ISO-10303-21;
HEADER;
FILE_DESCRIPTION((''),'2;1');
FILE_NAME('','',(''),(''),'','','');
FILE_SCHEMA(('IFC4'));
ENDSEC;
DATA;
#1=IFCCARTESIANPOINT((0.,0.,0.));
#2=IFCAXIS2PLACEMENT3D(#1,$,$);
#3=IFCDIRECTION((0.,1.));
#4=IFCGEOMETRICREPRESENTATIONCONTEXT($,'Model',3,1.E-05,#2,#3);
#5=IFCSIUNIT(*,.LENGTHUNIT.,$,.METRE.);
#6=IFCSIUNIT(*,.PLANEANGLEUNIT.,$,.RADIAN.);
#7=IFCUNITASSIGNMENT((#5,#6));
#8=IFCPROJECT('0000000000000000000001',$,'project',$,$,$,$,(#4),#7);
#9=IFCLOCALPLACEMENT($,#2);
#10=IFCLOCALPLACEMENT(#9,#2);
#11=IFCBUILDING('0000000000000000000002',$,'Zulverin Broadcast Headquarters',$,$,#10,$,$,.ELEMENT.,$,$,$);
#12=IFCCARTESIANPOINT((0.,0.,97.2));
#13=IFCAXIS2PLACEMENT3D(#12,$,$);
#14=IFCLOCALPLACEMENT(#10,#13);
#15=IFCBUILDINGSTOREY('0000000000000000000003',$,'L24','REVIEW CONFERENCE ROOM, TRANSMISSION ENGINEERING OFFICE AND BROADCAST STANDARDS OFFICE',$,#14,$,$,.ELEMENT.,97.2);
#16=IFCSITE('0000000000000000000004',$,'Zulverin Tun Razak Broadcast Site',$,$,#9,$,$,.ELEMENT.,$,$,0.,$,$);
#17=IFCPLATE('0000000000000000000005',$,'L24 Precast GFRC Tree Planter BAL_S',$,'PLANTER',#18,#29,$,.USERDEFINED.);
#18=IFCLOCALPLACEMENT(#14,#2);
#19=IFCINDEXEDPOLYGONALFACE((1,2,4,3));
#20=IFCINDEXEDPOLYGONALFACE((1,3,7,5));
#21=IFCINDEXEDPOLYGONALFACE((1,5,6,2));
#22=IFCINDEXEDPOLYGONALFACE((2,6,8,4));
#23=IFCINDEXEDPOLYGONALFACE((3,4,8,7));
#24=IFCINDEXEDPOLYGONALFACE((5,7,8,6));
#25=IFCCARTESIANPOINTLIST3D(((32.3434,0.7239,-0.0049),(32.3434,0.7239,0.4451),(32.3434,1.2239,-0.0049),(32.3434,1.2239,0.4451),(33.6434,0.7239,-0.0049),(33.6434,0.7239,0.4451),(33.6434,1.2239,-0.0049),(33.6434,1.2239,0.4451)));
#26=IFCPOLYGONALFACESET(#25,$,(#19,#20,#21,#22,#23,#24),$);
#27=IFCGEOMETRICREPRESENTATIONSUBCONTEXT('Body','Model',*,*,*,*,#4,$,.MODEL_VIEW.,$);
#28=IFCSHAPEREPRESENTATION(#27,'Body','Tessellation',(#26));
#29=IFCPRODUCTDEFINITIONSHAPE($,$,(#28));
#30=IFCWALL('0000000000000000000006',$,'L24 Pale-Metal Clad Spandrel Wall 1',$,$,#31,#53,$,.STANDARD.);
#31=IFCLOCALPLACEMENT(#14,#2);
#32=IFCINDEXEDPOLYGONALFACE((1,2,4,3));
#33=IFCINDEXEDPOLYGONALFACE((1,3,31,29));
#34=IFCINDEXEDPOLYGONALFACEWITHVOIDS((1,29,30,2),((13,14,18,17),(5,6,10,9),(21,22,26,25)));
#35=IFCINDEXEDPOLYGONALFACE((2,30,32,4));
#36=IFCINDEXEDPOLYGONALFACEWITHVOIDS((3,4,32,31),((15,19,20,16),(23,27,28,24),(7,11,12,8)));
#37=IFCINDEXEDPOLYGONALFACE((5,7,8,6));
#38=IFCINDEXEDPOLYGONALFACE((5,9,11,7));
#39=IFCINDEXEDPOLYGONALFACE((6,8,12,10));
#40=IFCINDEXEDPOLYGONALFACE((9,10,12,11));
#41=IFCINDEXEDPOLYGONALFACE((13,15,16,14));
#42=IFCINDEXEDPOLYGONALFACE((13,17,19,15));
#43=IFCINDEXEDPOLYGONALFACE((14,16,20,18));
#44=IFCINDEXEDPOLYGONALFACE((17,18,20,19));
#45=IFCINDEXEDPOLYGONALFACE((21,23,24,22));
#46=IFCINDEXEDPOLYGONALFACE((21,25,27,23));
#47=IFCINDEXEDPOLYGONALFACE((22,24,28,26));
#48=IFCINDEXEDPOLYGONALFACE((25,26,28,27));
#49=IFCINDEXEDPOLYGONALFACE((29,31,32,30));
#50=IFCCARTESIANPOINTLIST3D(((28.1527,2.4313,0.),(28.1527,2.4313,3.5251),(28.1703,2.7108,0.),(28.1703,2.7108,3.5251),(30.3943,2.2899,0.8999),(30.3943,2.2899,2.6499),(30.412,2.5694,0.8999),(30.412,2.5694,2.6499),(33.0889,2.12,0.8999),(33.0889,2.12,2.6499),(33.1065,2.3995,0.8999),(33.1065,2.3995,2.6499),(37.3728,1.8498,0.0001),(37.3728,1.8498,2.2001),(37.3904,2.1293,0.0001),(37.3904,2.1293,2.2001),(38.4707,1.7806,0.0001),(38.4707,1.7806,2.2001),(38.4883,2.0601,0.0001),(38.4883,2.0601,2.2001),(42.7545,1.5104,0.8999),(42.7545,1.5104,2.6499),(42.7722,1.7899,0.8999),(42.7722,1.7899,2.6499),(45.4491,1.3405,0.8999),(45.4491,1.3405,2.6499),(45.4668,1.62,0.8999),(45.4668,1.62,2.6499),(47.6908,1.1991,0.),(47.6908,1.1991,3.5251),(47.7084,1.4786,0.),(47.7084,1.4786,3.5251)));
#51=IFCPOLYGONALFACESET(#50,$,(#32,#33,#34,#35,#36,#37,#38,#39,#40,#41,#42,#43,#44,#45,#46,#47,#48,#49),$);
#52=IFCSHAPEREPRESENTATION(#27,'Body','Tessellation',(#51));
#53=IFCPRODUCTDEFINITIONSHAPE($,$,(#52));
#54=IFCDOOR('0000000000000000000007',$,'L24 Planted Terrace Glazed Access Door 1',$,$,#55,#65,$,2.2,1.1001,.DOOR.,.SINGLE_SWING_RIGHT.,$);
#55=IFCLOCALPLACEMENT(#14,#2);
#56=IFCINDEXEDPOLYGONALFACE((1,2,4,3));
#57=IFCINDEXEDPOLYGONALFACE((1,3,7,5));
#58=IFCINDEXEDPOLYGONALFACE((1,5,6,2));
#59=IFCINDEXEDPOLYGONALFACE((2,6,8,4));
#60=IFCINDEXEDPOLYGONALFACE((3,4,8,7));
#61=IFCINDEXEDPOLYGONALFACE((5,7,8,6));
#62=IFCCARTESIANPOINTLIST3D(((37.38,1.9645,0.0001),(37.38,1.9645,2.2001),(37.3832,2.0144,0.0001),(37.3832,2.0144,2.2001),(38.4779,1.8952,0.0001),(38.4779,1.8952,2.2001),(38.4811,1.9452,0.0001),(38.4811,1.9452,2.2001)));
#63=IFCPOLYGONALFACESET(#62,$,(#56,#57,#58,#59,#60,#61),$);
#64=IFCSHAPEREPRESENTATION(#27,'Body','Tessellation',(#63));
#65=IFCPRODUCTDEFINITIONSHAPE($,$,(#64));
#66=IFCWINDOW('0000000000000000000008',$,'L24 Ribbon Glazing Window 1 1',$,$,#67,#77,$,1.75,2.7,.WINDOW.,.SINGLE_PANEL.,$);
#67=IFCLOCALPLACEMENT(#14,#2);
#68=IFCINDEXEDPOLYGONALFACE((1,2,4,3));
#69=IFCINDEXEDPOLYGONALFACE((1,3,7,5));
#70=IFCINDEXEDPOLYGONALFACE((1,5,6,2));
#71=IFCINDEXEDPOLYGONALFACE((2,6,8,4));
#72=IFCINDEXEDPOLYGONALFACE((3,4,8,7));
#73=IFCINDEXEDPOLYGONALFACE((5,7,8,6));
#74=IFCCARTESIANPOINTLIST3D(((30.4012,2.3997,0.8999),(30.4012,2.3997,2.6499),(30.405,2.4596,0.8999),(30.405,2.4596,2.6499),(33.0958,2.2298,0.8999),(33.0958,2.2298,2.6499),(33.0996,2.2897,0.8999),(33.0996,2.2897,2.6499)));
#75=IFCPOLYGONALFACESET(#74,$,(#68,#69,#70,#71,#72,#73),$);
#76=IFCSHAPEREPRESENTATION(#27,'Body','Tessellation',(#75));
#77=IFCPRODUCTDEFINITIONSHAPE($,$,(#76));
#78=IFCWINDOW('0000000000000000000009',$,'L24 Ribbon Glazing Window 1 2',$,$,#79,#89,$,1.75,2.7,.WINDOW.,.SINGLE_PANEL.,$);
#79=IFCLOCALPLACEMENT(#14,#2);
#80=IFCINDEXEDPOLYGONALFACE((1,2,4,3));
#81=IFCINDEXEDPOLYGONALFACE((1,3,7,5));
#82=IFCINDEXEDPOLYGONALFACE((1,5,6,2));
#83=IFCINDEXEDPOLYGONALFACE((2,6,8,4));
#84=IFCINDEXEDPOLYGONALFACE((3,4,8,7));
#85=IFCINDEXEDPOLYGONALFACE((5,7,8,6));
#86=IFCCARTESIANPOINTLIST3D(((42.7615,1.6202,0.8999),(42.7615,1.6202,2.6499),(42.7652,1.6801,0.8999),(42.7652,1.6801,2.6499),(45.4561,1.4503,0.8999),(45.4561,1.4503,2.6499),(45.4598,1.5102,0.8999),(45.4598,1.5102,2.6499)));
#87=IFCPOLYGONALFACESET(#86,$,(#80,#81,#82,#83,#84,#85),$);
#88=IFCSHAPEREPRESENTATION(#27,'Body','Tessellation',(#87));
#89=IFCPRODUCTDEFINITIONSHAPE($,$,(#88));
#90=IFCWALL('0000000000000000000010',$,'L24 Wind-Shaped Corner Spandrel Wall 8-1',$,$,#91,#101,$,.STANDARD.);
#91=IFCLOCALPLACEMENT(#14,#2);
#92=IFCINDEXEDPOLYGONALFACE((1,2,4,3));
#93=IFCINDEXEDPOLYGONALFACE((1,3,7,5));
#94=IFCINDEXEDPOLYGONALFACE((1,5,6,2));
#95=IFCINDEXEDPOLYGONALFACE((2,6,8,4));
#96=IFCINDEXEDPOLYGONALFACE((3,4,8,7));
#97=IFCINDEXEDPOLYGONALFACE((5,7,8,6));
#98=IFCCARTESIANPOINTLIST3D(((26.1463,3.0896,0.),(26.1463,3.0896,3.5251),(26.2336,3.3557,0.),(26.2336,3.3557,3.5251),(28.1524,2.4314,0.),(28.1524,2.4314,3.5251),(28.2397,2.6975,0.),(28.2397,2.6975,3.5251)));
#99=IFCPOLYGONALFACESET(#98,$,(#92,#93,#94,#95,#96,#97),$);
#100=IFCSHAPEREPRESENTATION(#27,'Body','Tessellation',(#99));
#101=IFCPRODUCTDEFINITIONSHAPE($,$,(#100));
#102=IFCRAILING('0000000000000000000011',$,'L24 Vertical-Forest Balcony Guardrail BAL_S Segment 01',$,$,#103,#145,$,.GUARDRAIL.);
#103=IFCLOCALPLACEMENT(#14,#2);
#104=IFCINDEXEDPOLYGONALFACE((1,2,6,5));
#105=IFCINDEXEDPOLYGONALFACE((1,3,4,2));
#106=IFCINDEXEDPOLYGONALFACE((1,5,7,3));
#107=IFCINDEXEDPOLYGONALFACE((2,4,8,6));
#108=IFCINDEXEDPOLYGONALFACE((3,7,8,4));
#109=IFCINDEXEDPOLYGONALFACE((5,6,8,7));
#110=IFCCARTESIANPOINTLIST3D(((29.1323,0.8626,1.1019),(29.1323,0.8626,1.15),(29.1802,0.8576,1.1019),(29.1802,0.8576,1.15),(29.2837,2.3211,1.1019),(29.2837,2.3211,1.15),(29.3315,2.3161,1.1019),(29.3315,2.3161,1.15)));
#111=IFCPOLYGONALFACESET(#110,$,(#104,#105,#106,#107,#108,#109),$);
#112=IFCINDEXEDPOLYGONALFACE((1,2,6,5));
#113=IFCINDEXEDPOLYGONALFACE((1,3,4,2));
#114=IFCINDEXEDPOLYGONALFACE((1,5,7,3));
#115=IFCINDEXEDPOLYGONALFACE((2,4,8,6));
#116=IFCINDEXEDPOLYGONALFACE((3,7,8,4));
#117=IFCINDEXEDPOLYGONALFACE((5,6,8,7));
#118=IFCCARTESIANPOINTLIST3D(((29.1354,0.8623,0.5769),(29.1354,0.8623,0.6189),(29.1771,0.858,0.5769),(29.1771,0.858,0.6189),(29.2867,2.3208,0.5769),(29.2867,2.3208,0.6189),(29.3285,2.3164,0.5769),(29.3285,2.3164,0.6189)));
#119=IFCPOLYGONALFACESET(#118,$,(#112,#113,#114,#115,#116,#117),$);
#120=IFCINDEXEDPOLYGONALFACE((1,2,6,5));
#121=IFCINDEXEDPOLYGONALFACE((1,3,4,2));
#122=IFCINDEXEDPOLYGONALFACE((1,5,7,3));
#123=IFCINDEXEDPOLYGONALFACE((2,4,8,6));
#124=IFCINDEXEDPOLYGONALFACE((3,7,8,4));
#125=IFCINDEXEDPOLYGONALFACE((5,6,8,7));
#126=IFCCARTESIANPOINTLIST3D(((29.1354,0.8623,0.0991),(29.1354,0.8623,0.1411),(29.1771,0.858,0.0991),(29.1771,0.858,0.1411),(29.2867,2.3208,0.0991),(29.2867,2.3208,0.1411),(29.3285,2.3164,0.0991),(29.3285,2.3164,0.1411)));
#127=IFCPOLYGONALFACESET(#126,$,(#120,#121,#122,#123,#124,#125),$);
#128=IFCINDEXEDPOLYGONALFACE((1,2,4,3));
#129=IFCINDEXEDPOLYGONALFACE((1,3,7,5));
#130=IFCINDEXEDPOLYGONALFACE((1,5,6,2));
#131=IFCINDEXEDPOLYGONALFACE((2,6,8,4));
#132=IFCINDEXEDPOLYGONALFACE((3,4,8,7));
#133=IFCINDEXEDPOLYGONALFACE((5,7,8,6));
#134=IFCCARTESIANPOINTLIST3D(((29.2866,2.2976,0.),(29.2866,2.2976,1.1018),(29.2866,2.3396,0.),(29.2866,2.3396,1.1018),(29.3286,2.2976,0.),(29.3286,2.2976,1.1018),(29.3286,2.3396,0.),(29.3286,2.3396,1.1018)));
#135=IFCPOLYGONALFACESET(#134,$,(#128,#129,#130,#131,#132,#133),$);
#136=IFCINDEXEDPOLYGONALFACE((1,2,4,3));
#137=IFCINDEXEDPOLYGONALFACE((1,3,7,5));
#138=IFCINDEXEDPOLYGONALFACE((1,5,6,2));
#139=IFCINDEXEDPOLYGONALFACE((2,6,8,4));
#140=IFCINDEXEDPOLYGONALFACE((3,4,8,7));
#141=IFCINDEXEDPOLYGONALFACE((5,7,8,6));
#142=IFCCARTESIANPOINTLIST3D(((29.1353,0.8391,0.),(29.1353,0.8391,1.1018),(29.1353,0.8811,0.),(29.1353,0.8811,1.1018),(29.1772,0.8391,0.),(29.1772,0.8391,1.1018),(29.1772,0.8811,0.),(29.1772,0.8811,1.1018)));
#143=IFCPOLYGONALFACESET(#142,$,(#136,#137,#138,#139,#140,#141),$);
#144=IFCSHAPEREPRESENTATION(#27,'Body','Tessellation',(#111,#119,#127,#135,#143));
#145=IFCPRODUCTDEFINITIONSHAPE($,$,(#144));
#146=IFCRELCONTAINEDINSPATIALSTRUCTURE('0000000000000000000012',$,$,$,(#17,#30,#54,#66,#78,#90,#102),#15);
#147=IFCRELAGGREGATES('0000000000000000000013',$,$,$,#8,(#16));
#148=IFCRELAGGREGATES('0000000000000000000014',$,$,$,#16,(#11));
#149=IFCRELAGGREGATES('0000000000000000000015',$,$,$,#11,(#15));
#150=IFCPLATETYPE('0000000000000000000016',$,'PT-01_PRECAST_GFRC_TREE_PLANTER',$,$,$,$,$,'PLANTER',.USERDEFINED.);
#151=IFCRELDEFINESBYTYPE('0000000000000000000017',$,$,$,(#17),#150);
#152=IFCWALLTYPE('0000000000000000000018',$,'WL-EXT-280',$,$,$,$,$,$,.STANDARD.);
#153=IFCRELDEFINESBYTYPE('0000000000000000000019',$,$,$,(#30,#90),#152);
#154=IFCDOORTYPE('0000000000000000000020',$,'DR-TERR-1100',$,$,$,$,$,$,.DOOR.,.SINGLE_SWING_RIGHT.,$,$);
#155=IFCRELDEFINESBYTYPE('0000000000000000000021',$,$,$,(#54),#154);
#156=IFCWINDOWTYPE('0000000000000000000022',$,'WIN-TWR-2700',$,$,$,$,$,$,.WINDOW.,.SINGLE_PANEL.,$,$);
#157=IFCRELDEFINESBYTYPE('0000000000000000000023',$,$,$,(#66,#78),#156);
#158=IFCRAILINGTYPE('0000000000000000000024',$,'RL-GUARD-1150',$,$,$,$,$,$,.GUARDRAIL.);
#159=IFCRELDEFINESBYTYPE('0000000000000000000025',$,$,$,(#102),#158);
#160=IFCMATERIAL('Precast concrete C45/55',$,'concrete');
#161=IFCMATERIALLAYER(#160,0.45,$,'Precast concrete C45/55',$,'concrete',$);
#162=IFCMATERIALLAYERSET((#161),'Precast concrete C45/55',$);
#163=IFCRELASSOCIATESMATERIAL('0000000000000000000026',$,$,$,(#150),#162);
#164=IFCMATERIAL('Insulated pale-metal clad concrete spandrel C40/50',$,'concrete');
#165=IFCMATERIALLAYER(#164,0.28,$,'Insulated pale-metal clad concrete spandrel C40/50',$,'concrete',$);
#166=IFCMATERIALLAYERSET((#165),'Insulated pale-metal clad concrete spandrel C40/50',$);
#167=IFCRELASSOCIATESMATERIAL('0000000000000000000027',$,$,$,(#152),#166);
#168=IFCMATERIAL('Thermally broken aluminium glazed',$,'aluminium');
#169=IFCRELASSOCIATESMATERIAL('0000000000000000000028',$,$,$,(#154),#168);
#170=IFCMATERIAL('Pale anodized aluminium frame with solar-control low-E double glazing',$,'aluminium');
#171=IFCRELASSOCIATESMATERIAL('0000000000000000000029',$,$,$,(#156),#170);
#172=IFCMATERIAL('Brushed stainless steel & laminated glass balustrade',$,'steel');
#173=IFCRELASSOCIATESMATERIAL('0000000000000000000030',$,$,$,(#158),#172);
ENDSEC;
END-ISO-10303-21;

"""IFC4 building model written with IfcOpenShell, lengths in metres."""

from ifc_helpers import new_model, si_unit, direction, frame, frame_2d, origin, origin_2d, place, context, subcontext, project, spatial, rectangle, extrude, material, layer, layer_set, type_object, element, fill, save


model = new_model("IFC4")

# Units and contexts
model_context = context("Model", 3, precision=1e-05, world=origin(), true_north=direction((0.0, 1.0)))
body_context = subcontext(model_context, "Body", "Model", "MODEL_VIEW")
ifc_project = project(units=[si_unit("LENGTHUNIT", "METRE"), si_unit("PLANEANGLEUNIT", "RADIAN")], contexts=[model_context])

# Site, building, storey
site_placement = place(None, origin())
site = spatial("IfcSite", under=ifc_project, at=site_placement, Name="Zulverin Tun Razak Broadcast Site", CompositionType="ELEMENT", RefElevation=0.0)
building_placement = place(site_placement, origin())
building = spatial("IfcBuilding", under=site, at=building_placement, Name="Zulverin Broadcast Headquarters", CompositionType="ELEMENT")
storey_placement = place(building_placement, frame((0.0, 0.0, 97.2)))
storey = spatial("IfcBuildingStorey", under=building, at=storey_placement, Name="L24", Description="REVIEW CONFERENCE ROOM, TRANSMISSION ENGINEERING OFFICE AND BROADCAST STANDARDS OFFICE", CompositionType="ELEMENT", Elevation=97.2)

# Plate
ifc_material_1 = material(Name="Precast concrete C45/55", Category="concrete")
ifc_layer_1 = layer(ifc_material_1, 0.45, Name="Precast concrete C45/55", Category="concrete")
ifc_layer_set_1 = layer_set([ifc_layer_1], Name="Precast concrete C45/55")
plate_type = type_object("IfcPlateType", Name="PT-01_PRECAST_GFRC_TREE_PLANTER", ElementType="PLANTER", PredefinedType="USERDEFINED", material=ifc_layer_set_1)
plate_placement = place(storey_placement, frame((32.9934, 0.9739, -0.0049), z_axis=(0.0, 0.0, 1.0), x_axis=(1.0, 0.0, 0.0)))
element("IfcPlate", 1, at=plate_placement, inside=storey, type_object=plate_type, Name="L24 Precast GFRC Tree Planter BAL_S", ObjectType="PLANTER", PredefinedType="USERDEFINED", context=body_context, shape_type="SweptSolid", body=[
    extrude(rectangle(XDim=1.3, YDim=0.5, at=origin_2d()), origin(), (0.0, 0.0, 1.0), 0.45),
])

# Wall, openings, door, windows
ifc_material_2 = material(Name="Insulated pale-metal clad concrete spandrel C40/50", Category="concrete")
ifc_layer_2 = layer(ifc_material_2, 0.28, Name="Insulated pale-metal clad concrete spandrel C40/50", Category="concrete")
ifc_layer_set_2 = layer_set([ifc_layer_2], Name="Insulated pale-metal clad concrete spandrel C40/50")
wall_type = type_object("IfcWallType", Name="WL-EXT-280", PredefinedType="STANDARD", material=ifc_layer_set_2)
wall_1_placement = place(storey_placement, frame((28.1614, 2.571, 0.0), z_axis=(0.0, 0.0, 1.0), x_axis=(0.998017, -0.06294, 0.0)))
wall_1 = element("IfcWall", 2, at=wall_1_placement, inside=storey, type_object=wall_type, Name="L24 Pale-Metal Clad Spandrel Wall 1", PredefinedType="STANDARD", context=body_context, shape_type="SweptSolid", body=[
    extrude(rectangle(XDim=19.5769, YDim=0.28, at=frame_2d((9.7886, 0.0))), origin(), (0.0, 0.0, 1.0), 3.5251),
])
opening_1_placement = place(wall_1_placement, frame((9.2385, 0.0, 0.0)))
opening_1 = element("IfcOpeningElement", 3, at=opening_1_placement, cuts=wall_1, PredefinedType="OPENING", context=body_context, shape_type="SweptSolid", body=[
    extrude(rectangle(XDim=1.1001, YDim=2.2, at=frame_2d((0.55, 1.1001))), frame((0.0, 0.1499, 0.0), z_axis=(0.0, -1.0, 0.0), x_axis=(1.0, 0.0, 0.0)), (0.0, 0.0, 1.0), 0.3),
])
opening_2_placement = place(wall_1_placement, frame((2.2461, 0.0, 0.8999)))
opening_2 = element("IfcOpeningElement", 4, at=opening_2_placement, cuts=wall_1, PredefinedType="OPENING", context=body_context, shape_type="SweptSolid", body=[
    extrude(rectangle(XDim=2.7, YDim=1.75, at=frame_2d((1.3501, 0.875))), frame((0.0, 0.1499, 0.0), z_axis=(0.0, -1.0, 0.0), x_axis=(1.0, 0.0, 0.0)), (0.0, 0.0, 1.0), 0.3),
])
opening_3_placement = place(wall_1_placement, frame((14.6309, 0.0, 0.8999)))
opening_3 = element("IfcOpeningElement", 5, at=opening_3_placement, cuts=wall_1, PredefinedType="OPENING", context=body_context, shape_type="SweptSolid", body=[
    extrude(rectangle(XDim=2.7, YDim=1.75, at=frame_2d((1.3501, 0.875))), frame((0.0, 0.1499, 0.0), z_axis=(0.0, -1.0, 0.0), x_axis=(1.0, 0.0, 0.0)), (0.0, 0.0, 1.0), 0.3),
])
ifc_material_3 = material(Name="Thermally broken aluminium glazed", Category="aluminium")
door_type = type_object("IfcDoorType", Name="DR-TERR-1100", OperationType="SINGLE_SWING_RIGHT", PredefinedType="DOOR", material=ifc_material_3)
door_placement = place(opening_1_placement, origin())
door = element("IfcDoor", 6, at=door_placement, inside=storey, type_object=door_type, Name="L24 Planted Terrace Glazed Access Door 1", OperationType="SINGLE_SWING_RIGHT", OverallHeight=2.2, OverallWidth=1.1001, PredefinedType="DOOR", context=body_context, shape_type="SweptSolid", body=[
    extrude(rectangle(XDim=1.1001, YDim=2.2, at=frame_2d((0.55, 1.1001))), frame((0.0, 0.0249, 0.0), z_axis=(0.0, -1.0, 0.0), x_axis=(1.0, 0.0, 0.0)), (0.0, 0.0, 1.0), 0.05),
])
fill(opening_1, door)
ifc_material_4 = material(Name="Pale anodized aluminium frame with solar-control low-E double glazing", Category="aluminium")
window_type = type_object("IfcWindowType", Name="WIN-TWR-2700", PartitioningType="SINGLE_PANEL", PredefinedType="WINDOW", material=ifc_material_4)
window_1_placement = place(opening_2_placement, origin())
window_1 = element("IfcWindow", 7, at=window_1_placement, inside=storey, type_object=window_type, Name="L24 Ribbon Glazing Window 1 1", OverallHeight=1.75, OverallWidth=2.7, PartitioningType="SINGLE_PANEL", PredefinedType="WINDOW", context=body_context, shape_type="SweptSolid", body=[
    extrude(rectangle(XDim=2.7, YDim=1.75, at=frame_2d((1.3501, 0.875))), frame((0.0, 0.03, 0.0), z_axis=(0.0, -1.0, 0.0), x_axis=(1.0, 0.0, 0.0)), (0.0, 0.0, 1.0), 0.0601),
])
fill(opening_2, window_1)
window_2_placement = place(opening_3_placement, origin())
window_2 = element("IfcWindow", 8, at=window_2_placement, inside=storey, type_object=window_type, Name="L24 Ribbon Glazing Window 1 2", OverallHeight=1.75, OverallWidth=2.7, PartitioningType="SINGLE_PANEL", PredefinedType="WINDOW", context=body_context, shape_type="SweptSolid", body=[
    extrude(rectangle(XDim=2.7, YDim=1.75, at=frame_2d((1.3501, 0.875))), frame((0.0, 0.03, 0.0), z_axis=(0.0, -1.0, 0.0), x_axis=(1.0, 0.0, 0.0)), (0.0, 0.0, 1.0), 0.0601),
])
fill(opening_3, window_2)

# Wall
wall_2_placement = place(storey_placement, frame((26.1899, 3.2227, 0.0), z_axis=(0.0, 0.0, 1.0), x_axis=(0.950164, -0.311749, 0.0)))
element("IfcWall", 9, at=wall_2_placement, inside=storey, type_object=wall_type, Name="L24 Wind-Shaped Corner Spandrel Wall 8-1", PredefinedType="STANDARD", context=body_context, shape_type="SweptSolid", body=[
    extrude(rectangle(XDim=2.1113, YDim=0.28, at=frame_2d((1.0557, 0.0))), origin(), (0.0, 0.0, 1.0), 3.5251),
])

# Railing
ifc_material_5 = material(Name="Brushed stainless steel & laminated glass balustrade", Category="steel")
railing_type = type_object("IfcRailingType", Name="RL-GUARD-1150", PredefinedType="GUARDRAIL", material=ifc_material_5)
railing_1_placement = place(storey_placement, frame((29.3076, 2.3186, 0.0)))
element("IfcRailing", 10, at=railing_1_placement, inside=storey, type_object=railing_type, Name="L24 Vertical-Forest Balcony Guardrail BAL_S Segment 01", PredefinedType="GUARDRAIL", context=body_context, shape_type="SweptSolid", body=[
    extrude(rectangle(XDim=0.0481, YDim=0.0481, at=origin_2d()), frame((0.0, 0.0, 1.126), z_axis=(-0.103229, -0.994658, 0.0), x_axis=(0.994658, -0.103229, 0.0)), (0.0, 0.0, 1.0), 1.4663),
    extrude(rectangle(XDim=0.042, YDim=0.042, at=origin_2d()), frame((0.0, 0.0, 0.5979), z_axis=(-0.103229, -0.994658, 0.0), x_axis=(0.994658, -0.103229, 0.0)), (0.0, 0.0, 1.0), 1.4663),
    extrude(rectangle(XDim=0.042, YDim=0.042, at=origin_2d()), frame((0.0, 0.0, 0.1201), z_axis=(-0.103229, -0.994658, 0.0), x_axis=(0.994658, -0.103229, 0.0)), (0.0, 0.0, 1.0), 1.4663),
    extrude(rectangle(XDim=0.042, YDim=0.042, at=origin_2d()), origin(), (0.0, 0.0, 1.0), 1.1018),
    extrude(rectangle(XDim=0.042, YDim=0.042, at=origin_2d()), frame((-0.1514, -1.4585, 0.0)), (0.0, 0.0, 1.0), 1.1018),
])

save(model, "model.ifc")
